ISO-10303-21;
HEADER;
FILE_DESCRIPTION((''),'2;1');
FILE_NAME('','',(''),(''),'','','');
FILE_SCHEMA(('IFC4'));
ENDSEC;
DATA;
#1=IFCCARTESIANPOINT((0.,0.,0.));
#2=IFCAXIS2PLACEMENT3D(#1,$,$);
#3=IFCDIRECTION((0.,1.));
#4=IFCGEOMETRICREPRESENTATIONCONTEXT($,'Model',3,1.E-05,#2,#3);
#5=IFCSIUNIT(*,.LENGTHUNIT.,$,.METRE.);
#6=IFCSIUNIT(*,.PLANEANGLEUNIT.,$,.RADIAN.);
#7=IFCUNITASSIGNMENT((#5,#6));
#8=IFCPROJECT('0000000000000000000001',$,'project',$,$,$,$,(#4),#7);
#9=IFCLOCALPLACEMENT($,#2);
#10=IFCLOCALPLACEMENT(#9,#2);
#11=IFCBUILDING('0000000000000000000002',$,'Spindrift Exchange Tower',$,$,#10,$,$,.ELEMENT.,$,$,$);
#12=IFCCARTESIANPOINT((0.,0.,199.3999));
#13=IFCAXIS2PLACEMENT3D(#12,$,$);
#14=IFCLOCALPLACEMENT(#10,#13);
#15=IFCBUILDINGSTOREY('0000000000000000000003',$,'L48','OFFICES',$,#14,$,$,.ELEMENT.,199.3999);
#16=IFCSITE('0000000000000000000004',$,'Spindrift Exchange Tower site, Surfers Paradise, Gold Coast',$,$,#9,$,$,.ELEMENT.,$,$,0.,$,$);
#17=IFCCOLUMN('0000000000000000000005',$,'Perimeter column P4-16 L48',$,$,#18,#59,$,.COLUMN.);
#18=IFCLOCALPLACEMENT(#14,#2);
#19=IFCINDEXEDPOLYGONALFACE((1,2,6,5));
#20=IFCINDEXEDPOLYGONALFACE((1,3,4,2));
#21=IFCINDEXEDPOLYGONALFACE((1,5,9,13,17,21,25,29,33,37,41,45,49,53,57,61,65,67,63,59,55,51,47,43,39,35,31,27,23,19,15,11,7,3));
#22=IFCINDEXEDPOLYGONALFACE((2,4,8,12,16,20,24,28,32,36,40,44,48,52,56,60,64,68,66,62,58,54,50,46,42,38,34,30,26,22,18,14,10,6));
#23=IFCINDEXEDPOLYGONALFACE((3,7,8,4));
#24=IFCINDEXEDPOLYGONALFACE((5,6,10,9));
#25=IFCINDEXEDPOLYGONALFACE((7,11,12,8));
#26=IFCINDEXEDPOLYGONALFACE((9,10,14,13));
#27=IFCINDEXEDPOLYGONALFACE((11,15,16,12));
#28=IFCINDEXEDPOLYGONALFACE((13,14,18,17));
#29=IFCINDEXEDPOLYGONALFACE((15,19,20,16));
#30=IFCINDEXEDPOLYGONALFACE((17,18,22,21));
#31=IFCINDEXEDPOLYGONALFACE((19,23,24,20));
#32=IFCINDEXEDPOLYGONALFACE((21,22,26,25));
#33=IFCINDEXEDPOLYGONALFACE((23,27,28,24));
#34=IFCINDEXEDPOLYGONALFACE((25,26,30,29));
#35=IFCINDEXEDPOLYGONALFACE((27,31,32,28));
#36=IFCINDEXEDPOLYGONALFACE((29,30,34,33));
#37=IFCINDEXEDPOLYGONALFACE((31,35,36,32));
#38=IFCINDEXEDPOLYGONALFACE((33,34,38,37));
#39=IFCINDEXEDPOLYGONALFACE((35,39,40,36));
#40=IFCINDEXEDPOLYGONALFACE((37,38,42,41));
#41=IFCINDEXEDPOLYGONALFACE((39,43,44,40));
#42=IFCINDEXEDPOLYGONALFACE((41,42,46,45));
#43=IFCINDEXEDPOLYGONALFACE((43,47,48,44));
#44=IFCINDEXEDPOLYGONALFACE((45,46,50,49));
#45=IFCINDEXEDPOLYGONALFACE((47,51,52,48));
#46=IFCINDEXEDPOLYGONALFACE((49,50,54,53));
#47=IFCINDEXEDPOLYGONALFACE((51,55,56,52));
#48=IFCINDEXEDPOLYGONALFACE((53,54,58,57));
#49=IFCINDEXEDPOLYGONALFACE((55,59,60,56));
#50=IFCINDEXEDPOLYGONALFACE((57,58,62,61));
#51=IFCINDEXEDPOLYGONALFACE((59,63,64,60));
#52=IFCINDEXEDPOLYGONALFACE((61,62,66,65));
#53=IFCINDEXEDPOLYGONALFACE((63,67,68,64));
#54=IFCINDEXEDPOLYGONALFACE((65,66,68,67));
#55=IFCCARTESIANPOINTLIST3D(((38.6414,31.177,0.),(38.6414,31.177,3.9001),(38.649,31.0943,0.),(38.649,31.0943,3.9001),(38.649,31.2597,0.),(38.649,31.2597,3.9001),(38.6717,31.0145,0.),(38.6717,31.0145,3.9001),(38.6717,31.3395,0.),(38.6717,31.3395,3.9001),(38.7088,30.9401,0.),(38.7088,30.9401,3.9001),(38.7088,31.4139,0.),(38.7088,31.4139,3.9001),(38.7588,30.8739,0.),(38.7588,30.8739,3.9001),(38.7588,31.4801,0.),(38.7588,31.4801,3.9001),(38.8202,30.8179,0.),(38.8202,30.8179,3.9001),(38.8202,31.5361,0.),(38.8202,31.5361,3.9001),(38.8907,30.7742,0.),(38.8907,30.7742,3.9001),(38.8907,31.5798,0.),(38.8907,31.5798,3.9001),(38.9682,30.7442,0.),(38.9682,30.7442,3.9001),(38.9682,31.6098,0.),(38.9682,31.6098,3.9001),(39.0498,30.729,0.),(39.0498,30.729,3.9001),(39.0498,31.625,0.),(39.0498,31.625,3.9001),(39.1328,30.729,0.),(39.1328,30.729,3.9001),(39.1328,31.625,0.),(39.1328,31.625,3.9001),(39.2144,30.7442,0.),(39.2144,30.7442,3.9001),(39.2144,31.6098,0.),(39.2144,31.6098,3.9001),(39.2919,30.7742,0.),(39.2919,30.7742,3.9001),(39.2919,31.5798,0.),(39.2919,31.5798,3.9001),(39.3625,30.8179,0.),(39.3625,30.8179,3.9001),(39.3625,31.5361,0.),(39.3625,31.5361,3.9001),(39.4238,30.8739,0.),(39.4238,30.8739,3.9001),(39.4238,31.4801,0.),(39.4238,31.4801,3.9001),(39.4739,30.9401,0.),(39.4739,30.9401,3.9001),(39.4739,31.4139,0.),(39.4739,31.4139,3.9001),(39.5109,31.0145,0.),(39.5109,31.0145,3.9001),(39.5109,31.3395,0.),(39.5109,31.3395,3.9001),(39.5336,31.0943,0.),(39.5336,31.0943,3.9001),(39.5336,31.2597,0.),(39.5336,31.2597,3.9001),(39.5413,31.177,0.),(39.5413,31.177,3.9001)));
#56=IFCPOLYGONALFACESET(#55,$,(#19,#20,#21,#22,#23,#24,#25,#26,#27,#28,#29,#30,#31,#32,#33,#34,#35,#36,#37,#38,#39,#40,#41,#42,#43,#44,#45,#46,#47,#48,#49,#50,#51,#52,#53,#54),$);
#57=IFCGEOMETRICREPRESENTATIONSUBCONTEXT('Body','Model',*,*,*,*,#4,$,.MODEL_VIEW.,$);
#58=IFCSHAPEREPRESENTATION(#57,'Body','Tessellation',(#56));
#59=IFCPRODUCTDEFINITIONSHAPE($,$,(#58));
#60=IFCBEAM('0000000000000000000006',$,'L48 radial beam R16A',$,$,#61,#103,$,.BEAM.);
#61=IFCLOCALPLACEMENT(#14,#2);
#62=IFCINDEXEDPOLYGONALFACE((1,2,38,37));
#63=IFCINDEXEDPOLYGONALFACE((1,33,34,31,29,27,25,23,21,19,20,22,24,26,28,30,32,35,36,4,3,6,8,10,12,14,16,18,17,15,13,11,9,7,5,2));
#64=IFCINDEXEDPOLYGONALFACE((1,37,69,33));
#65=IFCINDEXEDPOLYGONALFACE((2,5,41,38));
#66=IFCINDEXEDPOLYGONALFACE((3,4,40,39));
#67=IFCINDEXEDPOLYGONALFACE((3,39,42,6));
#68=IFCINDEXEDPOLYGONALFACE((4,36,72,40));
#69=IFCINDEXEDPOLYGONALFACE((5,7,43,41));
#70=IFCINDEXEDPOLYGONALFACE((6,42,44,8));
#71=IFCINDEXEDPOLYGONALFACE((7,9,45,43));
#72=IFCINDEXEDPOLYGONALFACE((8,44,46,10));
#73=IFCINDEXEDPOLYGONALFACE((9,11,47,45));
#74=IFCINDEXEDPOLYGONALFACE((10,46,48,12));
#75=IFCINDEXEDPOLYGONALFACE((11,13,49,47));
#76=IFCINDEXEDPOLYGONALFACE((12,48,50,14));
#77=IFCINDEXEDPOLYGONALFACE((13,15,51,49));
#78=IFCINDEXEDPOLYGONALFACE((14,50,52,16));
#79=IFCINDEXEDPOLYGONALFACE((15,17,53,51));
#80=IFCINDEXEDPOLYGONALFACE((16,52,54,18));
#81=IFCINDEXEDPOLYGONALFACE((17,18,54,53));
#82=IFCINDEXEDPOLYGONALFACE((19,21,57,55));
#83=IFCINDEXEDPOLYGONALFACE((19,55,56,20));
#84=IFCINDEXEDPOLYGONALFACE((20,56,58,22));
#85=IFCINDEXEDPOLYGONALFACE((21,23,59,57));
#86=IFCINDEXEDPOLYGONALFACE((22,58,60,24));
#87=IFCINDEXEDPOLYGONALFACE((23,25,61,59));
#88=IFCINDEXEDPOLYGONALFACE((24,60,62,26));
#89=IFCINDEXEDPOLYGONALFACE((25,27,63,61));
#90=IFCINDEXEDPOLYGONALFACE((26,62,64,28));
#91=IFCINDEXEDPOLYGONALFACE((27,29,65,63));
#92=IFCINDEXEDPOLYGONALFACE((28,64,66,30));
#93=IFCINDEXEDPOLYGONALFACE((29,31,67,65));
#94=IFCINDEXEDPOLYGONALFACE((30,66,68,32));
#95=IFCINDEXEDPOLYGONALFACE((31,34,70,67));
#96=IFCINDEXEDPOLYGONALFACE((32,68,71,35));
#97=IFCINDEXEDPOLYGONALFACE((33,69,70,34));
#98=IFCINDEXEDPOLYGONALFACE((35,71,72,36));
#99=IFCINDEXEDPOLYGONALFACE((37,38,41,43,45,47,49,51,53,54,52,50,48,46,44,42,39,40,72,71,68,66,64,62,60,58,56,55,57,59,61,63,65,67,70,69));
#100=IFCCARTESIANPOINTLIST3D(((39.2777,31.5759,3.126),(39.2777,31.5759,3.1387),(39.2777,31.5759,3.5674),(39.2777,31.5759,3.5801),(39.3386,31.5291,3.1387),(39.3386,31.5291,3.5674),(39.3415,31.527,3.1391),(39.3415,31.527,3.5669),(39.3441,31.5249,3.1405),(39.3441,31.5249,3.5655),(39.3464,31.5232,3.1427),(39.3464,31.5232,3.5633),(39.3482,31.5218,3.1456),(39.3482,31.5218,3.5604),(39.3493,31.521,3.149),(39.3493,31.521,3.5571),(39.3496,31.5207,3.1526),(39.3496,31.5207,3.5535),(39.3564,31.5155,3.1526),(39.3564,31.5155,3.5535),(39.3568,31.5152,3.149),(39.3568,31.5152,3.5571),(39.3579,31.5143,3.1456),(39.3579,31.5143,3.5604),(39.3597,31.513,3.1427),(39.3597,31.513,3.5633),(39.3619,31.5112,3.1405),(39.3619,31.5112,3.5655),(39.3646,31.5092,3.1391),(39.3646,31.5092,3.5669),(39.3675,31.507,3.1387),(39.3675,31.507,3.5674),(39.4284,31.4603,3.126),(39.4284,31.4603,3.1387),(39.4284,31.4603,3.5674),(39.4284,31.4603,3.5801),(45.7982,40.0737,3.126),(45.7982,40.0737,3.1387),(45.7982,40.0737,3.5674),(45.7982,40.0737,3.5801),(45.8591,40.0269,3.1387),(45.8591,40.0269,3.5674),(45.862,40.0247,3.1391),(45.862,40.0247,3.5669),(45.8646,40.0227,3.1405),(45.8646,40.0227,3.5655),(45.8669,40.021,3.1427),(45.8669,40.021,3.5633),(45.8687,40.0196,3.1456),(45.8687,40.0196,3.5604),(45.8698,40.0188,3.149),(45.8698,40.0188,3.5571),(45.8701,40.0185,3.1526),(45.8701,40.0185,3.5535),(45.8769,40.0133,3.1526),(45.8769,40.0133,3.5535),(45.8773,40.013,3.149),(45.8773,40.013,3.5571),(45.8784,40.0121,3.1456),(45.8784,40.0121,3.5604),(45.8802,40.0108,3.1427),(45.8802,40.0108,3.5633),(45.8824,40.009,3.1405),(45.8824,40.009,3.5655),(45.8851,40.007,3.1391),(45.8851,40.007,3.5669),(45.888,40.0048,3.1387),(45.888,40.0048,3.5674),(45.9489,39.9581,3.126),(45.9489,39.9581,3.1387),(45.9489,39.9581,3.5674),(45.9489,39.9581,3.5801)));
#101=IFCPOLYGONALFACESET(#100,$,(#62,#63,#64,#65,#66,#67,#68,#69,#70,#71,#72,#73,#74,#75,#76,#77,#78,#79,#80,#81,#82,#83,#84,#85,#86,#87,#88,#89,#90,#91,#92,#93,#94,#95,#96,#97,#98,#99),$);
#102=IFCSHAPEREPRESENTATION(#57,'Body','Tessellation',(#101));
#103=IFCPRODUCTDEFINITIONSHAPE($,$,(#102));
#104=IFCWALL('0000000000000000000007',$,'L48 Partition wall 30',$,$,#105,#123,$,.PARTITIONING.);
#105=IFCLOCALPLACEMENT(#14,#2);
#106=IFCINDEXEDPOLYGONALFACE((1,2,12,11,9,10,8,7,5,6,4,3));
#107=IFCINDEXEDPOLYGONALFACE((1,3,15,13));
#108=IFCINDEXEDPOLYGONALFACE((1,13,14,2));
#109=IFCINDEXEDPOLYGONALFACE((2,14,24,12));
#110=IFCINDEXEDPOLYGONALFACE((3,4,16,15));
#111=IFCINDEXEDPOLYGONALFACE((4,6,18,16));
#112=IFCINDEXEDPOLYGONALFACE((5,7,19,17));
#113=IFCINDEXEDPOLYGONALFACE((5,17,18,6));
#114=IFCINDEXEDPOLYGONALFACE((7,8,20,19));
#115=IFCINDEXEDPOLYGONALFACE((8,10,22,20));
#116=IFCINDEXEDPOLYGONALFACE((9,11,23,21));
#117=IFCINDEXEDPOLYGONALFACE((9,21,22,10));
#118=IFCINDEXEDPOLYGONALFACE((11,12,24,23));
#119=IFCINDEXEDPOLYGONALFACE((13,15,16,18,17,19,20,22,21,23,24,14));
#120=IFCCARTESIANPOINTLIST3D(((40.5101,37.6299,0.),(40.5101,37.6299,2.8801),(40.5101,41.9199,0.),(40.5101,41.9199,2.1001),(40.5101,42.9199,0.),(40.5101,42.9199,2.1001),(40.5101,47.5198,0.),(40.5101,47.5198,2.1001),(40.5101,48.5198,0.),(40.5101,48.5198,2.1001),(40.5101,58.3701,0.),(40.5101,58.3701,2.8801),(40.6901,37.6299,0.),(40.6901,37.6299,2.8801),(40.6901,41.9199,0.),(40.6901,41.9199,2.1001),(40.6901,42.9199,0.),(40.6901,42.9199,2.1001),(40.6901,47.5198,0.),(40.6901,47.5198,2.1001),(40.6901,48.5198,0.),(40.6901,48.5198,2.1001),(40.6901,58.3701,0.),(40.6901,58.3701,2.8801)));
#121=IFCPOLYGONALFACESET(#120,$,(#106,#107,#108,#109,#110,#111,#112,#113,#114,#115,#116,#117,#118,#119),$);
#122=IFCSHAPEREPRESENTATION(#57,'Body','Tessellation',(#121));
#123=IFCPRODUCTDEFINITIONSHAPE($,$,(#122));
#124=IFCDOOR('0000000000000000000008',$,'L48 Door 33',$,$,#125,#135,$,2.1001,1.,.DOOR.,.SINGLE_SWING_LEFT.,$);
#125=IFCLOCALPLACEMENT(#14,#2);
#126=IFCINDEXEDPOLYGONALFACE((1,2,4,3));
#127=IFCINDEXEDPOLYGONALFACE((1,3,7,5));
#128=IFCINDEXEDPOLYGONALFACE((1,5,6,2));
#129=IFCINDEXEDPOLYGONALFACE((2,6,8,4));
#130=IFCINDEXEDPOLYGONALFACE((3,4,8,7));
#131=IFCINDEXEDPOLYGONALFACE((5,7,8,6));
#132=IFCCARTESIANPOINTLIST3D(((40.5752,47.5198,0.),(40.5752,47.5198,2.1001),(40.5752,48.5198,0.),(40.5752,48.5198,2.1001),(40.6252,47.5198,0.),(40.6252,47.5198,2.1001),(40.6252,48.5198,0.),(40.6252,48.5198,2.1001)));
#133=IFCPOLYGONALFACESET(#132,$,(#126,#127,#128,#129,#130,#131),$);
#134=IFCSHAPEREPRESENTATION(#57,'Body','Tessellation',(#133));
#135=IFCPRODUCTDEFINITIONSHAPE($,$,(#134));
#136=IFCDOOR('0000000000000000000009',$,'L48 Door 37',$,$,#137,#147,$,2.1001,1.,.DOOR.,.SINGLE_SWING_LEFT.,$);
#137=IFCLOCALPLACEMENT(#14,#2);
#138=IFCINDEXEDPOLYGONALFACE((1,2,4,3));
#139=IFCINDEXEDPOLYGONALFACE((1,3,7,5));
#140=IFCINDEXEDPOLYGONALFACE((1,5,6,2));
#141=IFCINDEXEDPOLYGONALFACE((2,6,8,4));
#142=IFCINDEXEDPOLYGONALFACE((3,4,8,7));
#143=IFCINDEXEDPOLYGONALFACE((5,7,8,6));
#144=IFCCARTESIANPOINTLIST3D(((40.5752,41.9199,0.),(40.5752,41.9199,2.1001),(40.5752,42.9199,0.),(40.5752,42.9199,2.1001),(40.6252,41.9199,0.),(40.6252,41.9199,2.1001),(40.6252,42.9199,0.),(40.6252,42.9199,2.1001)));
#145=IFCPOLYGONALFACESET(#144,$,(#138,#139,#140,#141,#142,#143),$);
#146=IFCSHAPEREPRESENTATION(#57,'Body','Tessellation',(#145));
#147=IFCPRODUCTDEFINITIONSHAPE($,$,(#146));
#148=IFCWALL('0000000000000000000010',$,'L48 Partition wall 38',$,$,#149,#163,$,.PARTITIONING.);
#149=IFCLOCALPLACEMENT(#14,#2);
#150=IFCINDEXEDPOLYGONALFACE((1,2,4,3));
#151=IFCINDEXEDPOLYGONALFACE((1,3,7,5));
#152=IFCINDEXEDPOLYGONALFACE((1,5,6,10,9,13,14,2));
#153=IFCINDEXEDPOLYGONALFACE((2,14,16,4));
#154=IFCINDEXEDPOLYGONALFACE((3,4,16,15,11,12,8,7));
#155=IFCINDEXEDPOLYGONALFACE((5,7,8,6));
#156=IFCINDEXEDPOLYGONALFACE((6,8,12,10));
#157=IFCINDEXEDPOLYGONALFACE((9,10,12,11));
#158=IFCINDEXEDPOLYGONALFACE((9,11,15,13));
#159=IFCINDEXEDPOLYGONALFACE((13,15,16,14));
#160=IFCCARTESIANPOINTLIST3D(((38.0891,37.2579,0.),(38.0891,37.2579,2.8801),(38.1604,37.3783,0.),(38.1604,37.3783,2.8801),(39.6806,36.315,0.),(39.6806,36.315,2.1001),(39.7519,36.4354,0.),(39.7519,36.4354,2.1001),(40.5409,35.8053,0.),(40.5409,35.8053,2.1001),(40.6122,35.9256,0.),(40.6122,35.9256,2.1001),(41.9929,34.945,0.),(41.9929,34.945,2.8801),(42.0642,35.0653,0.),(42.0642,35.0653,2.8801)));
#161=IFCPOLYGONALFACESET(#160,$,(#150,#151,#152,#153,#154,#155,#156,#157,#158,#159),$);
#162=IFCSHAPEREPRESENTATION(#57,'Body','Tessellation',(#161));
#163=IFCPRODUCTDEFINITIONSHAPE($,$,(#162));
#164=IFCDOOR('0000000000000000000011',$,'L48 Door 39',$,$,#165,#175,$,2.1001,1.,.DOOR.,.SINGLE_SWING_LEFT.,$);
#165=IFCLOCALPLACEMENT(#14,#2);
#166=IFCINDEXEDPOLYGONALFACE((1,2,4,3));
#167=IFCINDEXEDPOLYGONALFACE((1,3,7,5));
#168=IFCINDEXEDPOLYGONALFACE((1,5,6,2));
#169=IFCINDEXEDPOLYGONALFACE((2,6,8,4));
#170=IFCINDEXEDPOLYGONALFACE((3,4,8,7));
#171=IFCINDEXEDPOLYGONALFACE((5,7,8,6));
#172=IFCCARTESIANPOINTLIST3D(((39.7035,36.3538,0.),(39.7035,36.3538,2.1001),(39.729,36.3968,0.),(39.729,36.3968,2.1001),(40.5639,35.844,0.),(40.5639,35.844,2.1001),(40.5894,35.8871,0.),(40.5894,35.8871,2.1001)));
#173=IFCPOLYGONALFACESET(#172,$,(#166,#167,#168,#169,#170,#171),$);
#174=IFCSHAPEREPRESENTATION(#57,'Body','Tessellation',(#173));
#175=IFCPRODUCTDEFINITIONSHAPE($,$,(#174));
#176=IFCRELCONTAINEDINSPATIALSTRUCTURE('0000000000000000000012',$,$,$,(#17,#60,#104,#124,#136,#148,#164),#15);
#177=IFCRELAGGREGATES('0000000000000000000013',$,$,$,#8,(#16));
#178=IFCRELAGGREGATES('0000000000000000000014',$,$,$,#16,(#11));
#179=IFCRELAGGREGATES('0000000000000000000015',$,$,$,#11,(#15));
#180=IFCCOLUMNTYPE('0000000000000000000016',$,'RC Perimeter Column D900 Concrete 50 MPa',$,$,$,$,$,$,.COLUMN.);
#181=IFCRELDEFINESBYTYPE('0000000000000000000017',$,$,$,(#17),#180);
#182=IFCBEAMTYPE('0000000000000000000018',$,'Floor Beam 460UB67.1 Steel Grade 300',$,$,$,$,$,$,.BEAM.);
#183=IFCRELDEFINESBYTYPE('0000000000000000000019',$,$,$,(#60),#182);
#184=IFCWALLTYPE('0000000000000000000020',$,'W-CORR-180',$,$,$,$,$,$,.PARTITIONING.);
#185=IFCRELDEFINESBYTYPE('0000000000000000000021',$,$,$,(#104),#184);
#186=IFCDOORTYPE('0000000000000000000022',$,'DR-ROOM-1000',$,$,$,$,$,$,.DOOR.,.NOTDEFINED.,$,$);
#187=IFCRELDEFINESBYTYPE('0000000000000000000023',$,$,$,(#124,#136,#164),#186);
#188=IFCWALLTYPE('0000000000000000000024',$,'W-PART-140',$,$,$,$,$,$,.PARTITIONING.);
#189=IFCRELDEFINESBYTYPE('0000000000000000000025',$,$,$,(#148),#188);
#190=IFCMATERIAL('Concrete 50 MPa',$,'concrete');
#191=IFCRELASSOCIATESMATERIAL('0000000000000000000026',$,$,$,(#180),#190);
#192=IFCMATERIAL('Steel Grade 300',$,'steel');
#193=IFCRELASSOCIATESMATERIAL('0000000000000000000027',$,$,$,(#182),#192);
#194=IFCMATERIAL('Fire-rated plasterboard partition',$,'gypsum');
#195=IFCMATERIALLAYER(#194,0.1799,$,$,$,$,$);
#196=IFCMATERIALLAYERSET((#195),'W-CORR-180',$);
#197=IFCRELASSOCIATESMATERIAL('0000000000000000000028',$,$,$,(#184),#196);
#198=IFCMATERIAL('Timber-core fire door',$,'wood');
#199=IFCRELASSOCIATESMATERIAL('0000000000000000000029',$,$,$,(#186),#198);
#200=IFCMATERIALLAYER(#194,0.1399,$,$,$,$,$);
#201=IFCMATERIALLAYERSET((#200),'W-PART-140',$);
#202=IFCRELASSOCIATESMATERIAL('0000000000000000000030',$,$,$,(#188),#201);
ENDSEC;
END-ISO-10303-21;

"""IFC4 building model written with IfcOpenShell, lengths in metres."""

from ifc_helpers import new_model, si_unit, direction, frame, frame_2d, origin, origin_2d, place, context, subcontext, project, spatial, rectangle, circle, i_section, extrude, source, transform, mapped, material, layer, layer_set, material_profile, profile_set, type_object, element, fill, save


model = new_model("IFC4")

# Units and contexts
model_context = context("Model", 3, precision=1e-05, world=origin(), true_north=direction((0.0, 1.0)))
body_context = subcontext(model_context, "Body", "Model", "MODEL_VIEW")
ifc_project = project(units=[si_unit("LENGTHUNIT", "METRE"), si_unit("PLANEANGLEUNIT", "RADIAN")], contexts=[model_context])

# Site, building, storey
site_placement = place(None, origin())
site = spatial("IfcSite", under=ifc_project, at=site_placement, Name="Spindrift Exchange Tower site, Surfers Paradise, Gold Coast", CompositionType="ELEMENT", RefElevation=0.0)
building_placement = place(site_placement, origin())
building = spatial("IfcBuilding", under=site, at=building_placement, Name="Spindrift Exchange Tower", CompositionType="ELEMENT")
storey_placement = place(building_placement, frame((0.0, 0.0, 199.3999)))
storey = spatial("IfcBuildingStorey", under=building, at=storey_placement, Name="L48", Description="OFFICES", CompositionType="ELEMENT", Elevation=199.3999)

# Column
ifc_material_1 = material(Name="Concrete 50 MPa", Category="concrete")
ifc_material_profile_1 = material_profile(ifc_material_1, circle(Radius=0.45, at=origin_2d()), Name="RC D900")
ifc_profile_set_1 = profile_set([ifc_material_profile_1], Name="Concrete 50 MPa")
column_type = type_object("IfcColumnType", Name="RC Perimeter Column D900 Concrete 50 MPa", PredefinedType="COLUMN", material=ifc_profile_set_1)
shared_shape_1 = source(origin(), body_context, "Body", "SweptSolid", [
    extrude(circle(Radius=0.45, at=origin_2d()), origin(), (0.0, 0.0, 1.0), 3.9001),
])
column_placement = place(storey_placement, frame((39.0913, 31.177, 0.0), z_axis=(0.0, 0.0, 1.0), x_axis=(1.0, 0.0, 0.0)))
element("IfcColumn", 1, at=column_placement, inside=storey, type_object=column_type, Name="Perimeter column P4-16 L48", PredefinedType="COLUMN", context=body_context, shape_type="MappedRepresentation", body=[
    mapped(shared_shape_1, transform((0.0, 0.0, 0.0), scale=1.0)),
])

# Beam
ifc_material_2 = material(Name="Steel Grade 300", Category="steel")
ifc_material_profile_2 = material_profile(ifc_material_2, i_section(OverallWidth=0.1899, OverallDepth=0.4541, WebThickness=0.0085, FlangeThickness=0.0127, FilletRadius=0.0139, at=origin_2d()), Name="460UB67.1")
ifc_profile_set_2 = profile_set([ifc_material_profile_2], Name="Steel Grade 300")
beam_type = type_object("IfcBeamType", Name="Floor Beam 460UB67.1 Steel Grade 300", PredefinedType="BEAM", material=ifc_profile_set_2)
shared_shape_2 = source(origin(), body_context, "Body", "SweptSolid", [
    extrude(i_section(OverallWidth=0.1899, OverallDepth=0.4541, WebThickness=0.0085, FlangeThickness=0.0127, FilletRadius=0.0139, at=origin_2d()), origin(), (0.0, 0.0, 1.0), 10.7112),
])
beam_placement = place(storey_placement, frame((45.8735, 40.0159, 3.353), z_axis=(-0.608756, -0.793357, 0.0), x_axis=(0.793357, -0.608756, 0.0)))
element("IfcBeam", 2, at=beam_placement, inside=storey, type_object=beam_type, Name="L48 radial beam R16A", PredefinedType="BEAM", context=body_context, shape_type="MappedRepresentation", body=[
    mapped(shared_shape_2, transform((0.0, 0.0, 0.0), scale=1.0)),
])

# Wall, openings, doors
ifc_material_3 = material(Name="Fire-rated plasterboard partition", Category="gypsum")
ifc_layer_1 = layer(ifc_material_3, 0.1799)
ifc_layer_set_1 = layer_set([ifc_layer_1], Name="W-CORR-180")
wall_type_1 = type_object("IfcWallType", Name="W-CORR-180", PredefinedType="PARTITIONING", material=ifc_layer_set_1)
wall_1_placement = place(storey_placement, frame((40.6001, 37.6299, 0.0), z_axis=(0.0, 0.0, 1.0), x_axis=(0.0, 1.0, 0.0)))
wall_1 = element("IfcWall", 3, at=wall_1_placement, inside=storey, type_object=wall_type_1, Name="L48 Partition wall 30", PredefinedType="PARTITIONING", context=body_context, shape_type="SweptSolid", body=[
    extrude(rectangle(XDim=20.7402, YDim=0.1799, at=frame_2d((10.3701, 0.0))), origin(), (0.0, 0.0, 1.0), 2.8801),
])
opening_1_placement = place(wall_1_placement, frame((9.8899, 0.0, 0.0)))
opening_1 = element("IfcOpeningElement", 4, at=opening_1_placement, cuts=wall_1, PredefinedType="OPENING", context=body_context, shape_type="SweptSolid", body=[
    extrude(rectangle(XDim=1.0, YDim=2.1001, at=frame_2d((0.5, 1.05))), frame((0.0, 0.0999, 0.0), z_axis=(0.0, -1.0, 0.0), x_axis=(1.0, 0.0, 0.0)), (0.0, 0.0, 1.0), 0.2),
])
opening_2_placement = place(wall_1_placement, frame((4.29, 0.0, 0.0)))
opening_2 = element("IfcOpeningElement", 5, at=opening_2_placement, cuts=wall_1, PredefinedType="OPENING", context=body_context, shape_type="SweptSolid", body=[
    extrude(rectangle(XDim=1.0, YDim=2.1001, at=frame_2d((0.5, 1.05))), frame((0.0, 0.0999, 0.0), z_axis=(0.0, -1.0, 0.0), x_axis=(1.0, 0.0, 0.0)), (0.0, 0.0, 1.0), 0.2),
])
ifc_material_4 = material(Name="Timber-core fire door", Category="wood")
door_type = type_object("IfcDoorType", Name="DR-ROOM-1000", OperationType="NOTDEFINED", PredefinedType="DOOR", material=ifc_material_4)
shared_shape_3 = source(origin(), body_context, "Body", "SweptSolid", [
    extrude(rectangle(XDim=1.0, YDim=2.1001, at=frame_2d((0.5, 1.05))), frame((0.0, 0.0249, 0.0), z_axis=(0.0, -1.0, 0.0), x_axis=(1.0, 0.0, 0.0)), (0.0, 0.0, 1.0), 0.05),
])
door_1_placement = place(opening_1_placement, origin())
door_1 = element("IfcDoor", 6, at=door_1_placement, inside=storey, type_object=door_type, Name="L48 Door 33", OperationType="SINGLE_SWING_LEFT", OverallHeight=2.1001, OverallWidth=1.0, PredefinedType="DOOR", context=body_context, shape_type="MappedRepresentation", body=[
    mapped(shared_shape_3, transform((0.0, 0.0, 0.0), scale=1.0)),
])
fill(opening_1, door_1)
door_2_placement = place(opening_2_placement, origin())
door_2 = element("IfcDoor", 7, at=door_2_placement, inside=storey, type_object=door_type, Name="L48 Door 37", OperationType="SINGLE_SWING_LEFT", OverallHeight=2.1001, OverallWidth=1.0, PredefinedType="DOOR", context=body_context, shape_type="MappedRepresentation", body=[
    mapped(shared_shape_3, transform((0.0, 0.0, 0.0), scale=1.0)),
])
fill(opening_2, door_2)

# Wall, opening, door
ifc_layer_2 = layer(ifc_material_3, 0.1399)
ifc_layer_set_2 = layer_set([ifc_layer_2], Name="W-PART-140")
wall_type_2 = type_object("IfcWallType", Name="W-PART-140", PredefinedType="PARTITIONING", material=ifc_layer_set_2)
wall_2_placement = place(storey_placement, frame((42.0286, 35.0051, 0.0), z_axis=(0.0, 0.0, 1.0), x_axis=(-0.860328, 0.50974, 0.0)))
wall_2 = element("IfcWall", 8, at=wall_2_placement, inside=storey, type_object=wall_type_2, Name="L48 Partition wall 38", PredefinedType="PARTITIONING", context=body_context, shape_type="SweptSolid", body=[
    extrude(rectangle(XDim=4.5376, YDim=0.1399, at=frame_2d((2.2688, 0.0))), origin(), (0.0, 0.0, 1.0), 2.8801),
])
opening_3_placement = place(wall_2_placement, frame((1.6877, 0.0, 0.0)))
opening_3 = element("IfcOpeningElement", 9, at=opening_3_placement, cuts=wall_2, PredefinedType="OPENING", context=body_context, shape_type="SweptSolid", body=[
    extrude(rectangle(XDim=1.0, YDim=2.1001, at=frame_2d((0.5, 1.05))), frame((0.0, 0.0798, 0.0), z_axis=(0.0, -1.0, 0.0), x_axis=(1.0, 0.0, 0.0)), (0.0, 0.0, 1.0), 0.1599),
])
door_3_placement = place(opening_3_placement, origin())
door_3 = element("IfcDoor", 10, at=door_3_placement, inside=storey, type_object=door_type, Name="L48 Door 39", OperationType="SINGLE_SWING_LEFT", OverallHeight=2.1001, OverallWidth=1.0, PredefinedType="DOOR", context=body_context, shape_type="MappedRepresentation", body=[
    mapped(shared_shape_3, transform((0.0, 0.0, 0.0), scale=1.0)),
])
fill(opening_3, door_3)

save(model, "model.ifc")
